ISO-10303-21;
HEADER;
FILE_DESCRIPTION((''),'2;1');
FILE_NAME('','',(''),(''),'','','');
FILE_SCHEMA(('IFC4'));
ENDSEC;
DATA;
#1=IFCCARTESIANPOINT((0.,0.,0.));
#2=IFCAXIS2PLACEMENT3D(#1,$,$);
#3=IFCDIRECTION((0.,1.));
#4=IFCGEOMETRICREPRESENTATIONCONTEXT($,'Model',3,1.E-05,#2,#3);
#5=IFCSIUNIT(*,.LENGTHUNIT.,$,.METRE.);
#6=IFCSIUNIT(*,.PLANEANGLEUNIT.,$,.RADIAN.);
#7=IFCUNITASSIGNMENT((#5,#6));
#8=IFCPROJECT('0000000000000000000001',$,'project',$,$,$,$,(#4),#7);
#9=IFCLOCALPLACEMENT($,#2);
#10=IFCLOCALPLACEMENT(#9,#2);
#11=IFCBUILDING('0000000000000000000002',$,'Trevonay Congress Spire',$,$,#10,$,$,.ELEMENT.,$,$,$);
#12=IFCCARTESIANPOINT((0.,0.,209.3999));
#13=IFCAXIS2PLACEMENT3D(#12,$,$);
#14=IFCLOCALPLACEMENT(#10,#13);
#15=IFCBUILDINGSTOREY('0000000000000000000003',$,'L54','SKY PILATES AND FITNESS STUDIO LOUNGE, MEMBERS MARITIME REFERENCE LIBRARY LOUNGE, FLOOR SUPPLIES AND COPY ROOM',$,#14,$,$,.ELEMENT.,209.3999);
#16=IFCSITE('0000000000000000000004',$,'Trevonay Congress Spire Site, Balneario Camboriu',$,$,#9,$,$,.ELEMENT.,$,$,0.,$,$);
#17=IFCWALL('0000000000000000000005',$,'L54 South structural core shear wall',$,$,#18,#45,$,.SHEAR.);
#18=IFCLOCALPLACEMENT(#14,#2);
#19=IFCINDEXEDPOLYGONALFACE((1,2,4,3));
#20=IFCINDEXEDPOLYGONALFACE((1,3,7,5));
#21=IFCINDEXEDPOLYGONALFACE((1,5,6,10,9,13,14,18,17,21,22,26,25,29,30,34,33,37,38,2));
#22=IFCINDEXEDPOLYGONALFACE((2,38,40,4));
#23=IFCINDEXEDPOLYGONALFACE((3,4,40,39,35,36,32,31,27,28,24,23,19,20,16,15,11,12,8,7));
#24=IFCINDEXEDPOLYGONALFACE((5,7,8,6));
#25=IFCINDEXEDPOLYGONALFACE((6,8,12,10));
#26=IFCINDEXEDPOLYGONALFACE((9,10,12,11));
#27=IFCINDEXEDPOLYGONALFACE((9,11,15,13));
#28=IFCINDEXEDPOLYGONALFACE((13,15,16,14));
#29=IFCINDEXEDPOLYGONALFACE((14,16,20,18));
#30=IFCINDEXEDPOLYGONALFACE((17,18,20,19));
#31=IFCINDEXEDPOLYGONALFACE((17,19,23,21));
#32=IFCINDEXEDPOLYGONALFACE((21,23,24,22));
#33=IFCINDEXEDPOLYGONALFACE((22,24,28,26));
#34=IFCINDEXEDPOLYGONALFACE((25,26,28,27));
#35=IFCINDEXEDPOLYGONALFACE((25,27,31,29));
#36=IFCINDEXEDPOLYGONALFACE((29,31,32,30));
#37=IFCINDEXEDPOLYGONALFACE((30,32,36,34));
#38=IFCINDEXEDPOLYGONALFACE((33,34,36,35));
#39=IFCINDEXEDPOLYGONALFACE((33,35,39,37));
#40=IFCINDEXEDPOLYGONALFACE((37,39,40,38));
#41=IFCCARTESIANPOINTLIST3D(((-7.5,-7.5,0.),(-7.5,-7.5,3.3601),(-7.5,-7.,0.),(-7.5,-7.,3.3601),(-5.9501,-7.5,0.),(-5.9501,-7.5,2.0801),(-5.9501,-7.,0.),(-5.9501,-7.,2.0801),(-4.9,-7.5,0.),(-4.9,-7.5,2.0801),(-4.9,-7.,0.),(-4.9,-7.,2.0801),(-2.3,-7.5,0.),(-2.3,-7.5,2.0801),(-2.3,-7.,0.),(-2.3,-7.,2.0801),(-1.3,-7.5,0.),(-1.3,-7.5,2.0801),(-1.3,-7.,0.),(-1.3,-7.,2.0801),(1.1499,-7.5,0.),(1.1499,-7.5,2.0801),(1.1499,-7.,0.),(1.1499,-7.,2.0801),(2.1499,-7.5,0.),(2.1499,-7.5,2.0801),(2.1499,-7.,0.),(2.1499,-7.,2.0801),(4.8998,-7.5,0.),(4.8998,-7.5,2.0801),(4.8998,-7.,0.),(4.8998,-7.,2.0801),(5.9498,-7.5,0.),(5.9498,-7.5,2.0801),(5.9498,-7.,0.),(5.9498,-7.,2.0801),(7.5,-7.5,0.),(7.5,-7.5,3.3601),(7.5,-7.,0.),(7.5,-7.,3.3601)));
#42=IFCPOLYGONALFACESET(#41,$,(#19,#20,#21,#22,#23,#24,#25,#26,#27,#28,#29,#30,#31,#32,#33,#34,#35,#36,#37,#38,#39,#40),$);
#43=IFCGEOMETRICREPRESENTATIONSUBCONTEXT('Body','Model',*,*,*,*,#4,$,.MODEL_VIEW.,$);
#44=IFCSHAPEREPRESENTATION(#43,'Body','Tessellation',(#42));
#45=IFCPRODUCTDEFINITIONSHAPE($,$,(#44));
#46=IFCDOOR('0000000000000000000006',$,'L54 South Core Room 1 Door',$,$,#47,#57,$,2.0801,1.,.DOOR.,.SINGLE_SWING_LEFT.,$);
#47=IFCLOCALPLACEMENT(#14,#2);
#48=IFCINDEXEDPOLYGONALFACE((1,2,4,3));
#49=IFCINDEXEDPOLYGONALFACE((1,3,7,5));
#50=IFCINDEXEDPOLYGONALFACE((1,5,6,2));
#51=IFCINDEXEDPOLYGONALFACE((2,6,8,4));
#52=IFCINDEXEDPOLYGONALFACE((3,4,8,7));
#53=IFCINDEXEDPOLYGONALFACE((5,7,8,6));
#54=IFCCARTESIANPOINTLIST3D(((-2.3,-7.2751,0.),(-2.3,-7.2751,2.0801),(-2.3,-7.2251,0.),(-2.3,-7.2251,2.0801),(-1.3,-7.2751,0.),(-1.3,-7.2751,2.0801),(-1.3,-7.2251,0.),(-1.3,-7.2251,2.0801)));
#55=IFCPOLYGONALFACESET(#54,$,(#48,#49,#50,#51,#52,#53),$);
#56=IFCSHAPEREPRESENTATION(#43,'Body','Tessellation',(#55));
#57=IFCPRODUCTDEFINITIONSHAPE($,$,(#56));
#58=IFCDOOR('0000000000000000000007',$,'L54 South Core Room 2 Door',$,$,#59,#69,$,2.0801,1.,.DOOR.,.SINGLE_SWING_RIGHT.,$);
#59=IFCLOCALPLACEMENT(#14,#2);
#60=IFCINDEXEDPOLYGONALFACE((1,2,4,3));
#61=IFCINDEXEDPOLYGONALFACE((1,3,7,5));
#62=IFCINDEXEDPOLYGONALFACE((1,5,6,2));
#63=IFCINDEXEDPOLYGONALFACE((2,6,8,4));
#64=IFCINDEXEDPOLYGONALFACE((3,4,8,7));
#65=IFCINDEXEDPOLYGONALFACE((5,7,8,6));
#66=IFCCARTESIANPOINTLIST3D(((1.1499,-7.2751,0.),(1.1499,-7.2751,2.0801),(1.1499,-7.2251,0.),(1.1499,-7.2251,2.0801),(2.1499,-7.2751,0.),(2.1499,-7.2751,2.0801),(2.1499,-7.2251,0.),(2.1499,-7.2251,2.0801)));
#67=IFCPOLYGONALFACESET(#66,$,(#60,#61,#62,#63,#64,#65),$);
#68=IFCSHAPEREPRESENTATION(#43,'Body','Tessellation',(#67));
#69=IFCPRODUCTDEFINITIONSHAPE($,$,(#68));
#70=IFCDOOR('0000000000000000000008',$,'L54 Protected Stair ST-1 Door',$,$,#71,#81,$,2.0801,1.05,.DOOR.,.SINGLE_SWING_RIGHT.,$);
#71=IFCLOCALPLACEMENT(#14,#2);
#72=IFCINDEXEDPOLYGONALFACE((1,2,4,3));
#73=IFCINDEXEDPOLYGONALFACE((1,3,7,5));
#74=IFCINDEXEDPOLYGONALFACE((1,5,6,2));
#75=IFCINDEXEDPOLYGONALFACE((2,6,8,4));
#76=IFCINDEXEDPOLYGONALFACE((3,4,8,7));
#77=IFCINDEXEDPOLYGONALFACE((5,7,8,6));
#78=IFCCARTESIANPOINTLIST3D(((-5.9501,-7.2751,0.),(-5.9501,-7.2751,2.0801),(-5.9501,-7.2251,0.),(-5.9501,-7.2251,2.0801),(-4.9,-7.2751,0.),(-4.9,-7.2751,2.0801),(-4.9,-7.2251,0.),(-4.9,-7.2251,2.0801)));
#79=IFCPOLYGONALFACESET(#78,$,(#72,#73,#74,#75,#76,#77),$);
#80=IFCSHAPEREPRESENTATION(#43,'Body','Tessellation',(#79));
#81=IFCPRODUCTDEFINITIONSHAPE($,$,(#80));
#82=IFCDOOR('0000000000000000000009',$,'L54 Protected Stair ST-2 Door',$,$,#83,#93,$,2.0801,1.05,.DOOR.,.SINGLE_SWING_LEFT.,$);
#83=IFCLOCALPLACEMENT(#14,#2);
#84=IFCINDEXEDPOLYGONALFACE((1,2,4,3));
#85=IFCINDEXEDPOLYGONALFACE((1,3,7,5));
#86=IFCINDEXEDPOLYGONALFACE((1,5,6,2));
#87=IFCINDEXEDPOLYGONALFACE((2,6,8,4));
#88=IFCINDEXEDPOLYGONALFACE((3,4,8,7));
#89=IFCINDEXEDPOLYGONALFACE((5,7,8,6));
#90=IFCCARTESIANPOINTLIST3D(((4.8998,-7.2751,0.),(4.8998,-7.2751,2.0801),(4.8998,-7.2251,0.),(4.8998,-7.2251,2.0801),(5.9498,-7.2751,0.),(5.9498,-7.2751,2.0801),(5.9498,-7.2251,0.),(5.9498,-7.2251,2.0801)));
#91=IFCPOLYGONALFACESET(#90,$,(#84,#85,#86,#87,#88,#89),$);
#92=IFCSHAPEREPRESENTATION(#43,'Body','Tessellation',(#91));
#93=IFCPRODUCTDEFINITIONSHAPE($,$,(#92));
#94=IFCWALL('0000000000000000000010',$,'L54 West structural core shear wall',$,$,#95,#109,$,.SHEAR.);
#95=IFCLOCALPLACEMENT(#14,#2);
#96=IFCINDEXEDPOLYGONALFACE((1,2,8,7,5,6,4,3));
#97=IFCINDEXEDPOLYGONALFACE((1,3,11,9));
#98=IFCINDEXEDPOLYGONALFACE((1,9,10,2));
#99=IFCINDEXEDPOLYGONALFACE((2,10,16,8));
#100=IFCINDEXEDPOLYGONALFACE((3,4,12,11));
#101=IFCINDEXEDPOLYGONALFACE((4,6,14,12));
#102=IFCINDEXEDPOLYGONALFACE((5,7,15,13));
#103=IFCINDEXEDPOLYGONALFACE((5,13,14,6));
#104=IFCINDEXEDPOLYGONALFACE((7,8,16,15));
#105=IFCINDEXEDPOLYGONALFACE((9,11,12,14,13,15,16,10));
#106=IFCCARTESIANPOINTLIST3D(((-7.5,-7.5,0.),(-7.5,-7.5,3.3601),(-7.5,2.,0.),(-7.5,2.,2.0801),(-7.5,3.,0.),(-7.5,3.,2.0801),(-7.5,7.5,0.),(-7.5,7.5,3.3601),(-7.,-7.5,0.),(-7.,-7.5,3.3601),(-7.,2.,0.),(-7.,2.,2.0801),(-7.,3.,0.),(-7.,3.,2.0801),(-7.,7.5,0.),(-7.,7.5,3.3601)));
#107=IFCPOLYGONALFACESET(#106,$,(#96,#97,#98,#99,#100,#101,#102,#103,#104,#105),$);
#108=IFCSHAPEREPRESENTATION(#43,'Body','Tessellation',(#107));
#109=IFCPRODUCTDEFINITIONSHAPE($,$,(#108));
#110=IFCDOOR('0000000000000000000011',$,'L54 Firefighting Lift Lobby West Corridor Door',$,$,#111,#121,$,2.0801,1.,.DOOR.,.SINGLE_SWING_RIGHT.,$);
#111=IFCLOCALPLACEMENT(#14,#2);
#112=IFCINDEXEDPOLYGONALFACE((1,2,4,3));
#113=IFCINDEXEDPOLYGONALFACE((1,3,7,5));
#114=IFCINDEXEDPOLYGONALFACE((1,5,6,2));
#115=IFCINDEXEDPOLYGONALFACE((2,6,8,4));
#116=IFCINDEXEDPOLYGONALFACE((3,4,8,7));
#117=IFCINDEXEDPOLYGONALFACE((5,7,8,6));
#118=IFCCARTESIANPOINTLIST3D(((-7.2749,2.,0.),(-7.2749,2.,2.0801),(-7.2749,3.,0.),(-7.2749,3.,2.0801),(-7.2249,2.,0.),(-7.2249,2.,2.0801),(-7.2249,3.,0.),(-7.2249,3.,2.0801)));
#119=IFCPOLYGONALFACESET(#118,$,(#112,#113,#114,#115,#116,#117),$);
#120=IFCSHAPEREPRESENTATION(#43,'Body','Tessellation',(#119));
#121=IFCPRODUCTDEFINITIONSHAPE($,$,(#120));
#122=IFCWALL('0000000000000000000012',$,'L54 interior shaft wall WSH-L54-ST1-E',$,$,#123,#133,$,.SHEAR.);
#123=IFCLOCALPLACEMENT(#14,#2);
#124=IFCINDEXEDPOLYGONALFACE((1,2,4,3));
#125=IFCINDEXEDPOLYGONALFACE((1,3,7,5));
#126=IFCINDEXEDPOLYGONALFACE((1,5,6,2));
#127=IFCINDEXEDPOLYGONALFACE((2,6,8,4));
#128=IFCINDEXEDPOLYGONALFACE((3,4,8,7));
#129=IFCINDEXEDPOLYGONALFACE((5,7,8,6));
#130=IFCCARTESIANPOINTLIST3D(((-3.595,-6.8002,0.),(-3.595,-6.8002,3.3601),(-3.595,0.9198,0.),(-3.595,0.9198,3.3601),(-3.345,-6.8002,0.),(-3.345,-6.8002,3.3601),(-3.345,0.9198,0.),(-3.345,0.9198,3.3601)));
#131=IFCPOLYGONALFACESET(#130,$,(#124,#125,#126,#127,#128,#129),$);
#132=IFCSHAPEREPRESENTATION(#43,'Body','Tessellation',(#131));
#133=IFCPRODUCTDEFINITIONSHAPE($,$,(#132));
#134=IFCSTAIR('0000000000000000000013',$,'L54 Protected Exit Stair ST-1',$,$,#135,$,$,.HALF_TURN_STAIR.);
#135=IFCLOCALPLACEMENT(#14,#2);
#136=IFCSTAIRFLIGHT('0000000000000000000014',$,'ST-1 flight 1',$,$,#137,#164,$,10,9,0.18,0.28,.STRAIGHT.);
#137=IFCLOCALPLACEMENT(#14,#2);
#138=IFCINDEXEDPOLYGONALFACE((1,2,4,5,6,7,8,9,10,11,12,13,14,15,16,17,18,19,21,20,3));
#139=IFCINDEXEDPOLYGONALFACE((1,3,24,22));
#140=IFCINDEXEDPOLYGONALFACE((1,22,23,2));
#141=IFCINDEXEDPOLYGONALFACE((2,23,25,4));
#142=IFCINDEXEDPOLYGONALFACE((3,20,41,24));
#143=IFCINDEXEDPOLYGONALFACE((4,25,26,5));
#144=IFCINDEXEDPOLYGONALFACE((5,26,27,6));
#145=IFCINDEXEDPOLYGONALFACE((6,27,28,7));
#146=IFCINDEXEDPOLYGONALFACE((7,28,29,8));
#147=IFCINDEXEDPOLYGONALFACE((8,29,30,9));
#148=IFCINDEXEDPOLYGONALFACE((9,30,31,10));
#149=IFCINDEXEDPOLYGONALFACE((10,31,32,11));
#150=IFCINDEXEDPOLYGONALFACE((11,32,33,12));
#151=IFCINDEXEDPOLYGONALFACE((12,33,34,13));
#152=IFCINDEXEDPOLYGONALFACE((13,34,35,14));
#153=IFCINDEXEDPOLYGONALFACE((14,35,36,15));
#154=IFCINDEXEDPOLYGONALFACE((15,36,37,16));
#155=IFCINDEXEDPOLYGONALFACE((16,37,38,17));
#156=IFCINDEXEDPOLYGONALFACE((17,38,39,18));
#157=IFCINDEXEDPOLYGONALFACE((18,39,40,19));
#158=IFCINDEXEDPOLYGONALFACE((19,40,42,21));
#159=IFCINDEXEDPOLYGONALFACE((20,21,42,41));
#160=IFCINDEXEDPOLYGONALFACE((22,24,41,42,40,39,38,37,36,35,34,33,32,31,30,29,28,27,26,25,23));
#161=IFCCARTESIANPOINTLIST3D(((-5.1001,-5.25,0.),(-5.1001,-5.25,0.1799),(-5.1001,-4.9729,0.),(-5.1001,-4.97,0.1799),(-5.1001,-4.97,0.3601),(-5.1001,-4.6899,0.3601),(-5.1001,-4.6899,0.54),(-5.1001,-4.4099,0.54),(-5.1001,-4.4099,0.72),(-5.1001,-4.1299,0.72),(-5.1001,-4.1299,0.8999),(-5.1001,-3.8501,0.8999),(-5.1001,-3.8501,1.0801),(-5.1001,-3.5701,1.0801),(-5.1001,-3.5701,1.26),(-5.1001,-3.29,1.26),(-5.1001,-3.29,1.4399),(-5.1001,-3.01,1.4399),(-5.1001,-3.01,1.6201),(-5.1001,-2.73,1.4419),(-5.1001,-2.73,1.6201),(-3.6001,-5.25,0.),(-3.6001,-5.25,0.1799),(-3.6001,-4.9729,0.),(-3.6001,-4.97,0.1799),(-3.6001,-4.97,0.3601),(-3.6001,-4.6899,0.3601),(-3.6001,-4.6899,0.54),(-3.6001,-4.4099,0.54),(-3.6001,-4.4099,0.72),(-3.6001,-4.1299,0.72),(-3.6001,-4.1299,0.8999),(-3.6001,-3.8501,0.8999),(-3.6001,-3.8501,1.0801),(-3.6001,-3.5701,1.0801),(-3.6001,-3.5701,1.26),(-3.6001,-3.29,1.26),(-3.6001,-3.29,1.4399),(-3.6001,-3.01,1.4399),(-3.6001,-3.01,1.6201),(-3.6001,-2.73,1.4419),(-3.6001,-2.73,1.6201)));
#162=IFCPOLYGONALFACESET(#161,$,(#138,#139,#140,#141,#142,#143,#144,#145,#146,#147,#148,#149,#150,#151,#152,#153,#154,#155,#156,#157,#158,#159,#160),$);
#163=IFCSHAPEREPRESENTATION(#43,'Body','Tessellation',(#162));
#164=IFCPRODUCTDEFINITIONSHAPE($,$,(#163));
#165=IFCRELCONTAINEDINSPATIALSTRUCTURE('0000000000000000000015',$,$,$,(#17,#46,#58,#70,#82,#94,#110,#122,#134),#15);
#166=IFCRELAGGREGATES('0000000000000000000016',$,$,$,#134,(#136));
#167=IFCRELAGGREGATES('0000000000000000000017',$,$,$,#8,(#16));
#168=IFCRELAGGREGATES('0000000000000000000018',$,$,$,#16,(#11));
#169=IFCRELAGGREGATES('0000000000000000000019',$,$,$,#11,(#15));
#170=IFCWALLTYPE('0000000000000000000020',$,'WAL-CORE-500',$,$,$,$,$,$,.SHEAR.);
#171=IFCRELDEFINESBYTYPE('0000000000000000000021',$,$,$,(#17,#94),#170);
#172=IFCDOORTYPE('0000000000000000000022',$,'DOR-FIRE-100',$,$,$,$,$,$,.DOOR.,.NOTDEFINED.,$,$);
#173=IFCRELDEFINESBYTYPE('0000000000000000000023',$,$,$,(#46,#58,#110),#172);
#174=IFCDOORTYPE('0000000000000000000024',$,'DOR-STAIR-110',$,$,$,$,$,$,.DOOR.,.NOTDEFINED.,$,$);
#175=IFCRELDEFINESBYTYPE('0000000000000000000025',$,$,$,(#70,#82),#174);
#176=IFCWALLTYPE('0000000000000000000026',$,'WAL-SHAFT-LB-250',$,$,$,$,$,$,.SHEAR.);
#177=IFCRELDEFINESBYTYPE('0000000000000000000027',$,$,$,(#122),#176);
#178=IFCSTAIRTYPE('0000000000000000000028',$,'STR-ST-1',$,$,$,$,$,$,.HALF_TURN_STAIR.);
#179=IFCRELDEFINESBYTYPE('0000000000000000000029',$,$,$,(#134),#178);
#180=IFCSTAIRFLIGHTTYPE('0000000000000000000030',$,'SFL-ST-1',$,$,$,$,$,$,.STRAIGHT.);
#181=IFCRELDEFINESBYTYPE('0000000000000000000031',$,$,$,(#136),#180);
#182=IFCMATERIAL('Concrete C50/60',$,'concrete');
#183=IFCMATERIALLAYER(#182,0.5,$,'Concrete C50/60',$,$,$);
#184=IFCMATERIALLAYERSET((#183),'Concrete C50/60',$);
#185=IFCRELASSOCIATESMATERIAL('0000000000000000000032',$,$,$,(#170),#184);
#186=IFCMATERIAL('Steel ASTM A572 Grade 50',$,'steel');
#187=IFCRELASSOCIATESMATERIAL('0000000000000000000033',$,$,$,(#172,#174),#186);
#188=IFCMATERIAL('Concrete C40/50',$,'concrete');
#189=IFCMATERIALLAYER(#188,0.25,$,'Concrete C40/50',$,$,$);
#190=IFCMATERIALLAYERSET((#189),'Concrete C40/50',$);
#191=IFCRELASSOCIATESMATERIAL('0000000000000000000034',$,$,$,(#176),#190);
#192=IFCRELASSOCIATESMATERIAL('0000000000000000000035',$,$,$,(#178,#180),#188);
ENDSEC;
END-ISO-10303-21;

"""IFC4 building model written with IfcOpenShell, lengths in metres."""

from ifc_helpers import new_model, si_unit, direction, frame, frame_2d, origin, place, context, subcontext, project, spatial, polyline, rectangle, outline, extrude, material, layer, layer_set, type_object, element, fill, aggregate, save


model = new_model("IFC4")

# Units and contexts
model_context = context("Model", 3, precision=1e-05, world=origin(), true_north=direction((0.0, 1.0)))
body_context = subcontext(model_context, "Body", "Model", "MODEL_VIEW")
ifc_project = project(units=[si_unit("LENGTHUNIT", "METRE"), si_unit("PLANEANGLEUNIT", "RADIAN")], contexts=[model_context])

# Site, building, storey
site_placement = place(None, origin())
site = spatial("IfcSite", under=ifc_project, at=site_placement, Name="Trevonay Congress Spire Site, Balneario Camboriu", CompositionType="ELEMENT", RefElevation=0.0)
building_placement = place(site_placement, origin())
building = spatial("IfcBuilding", under=site, at=building_placement, Name="Trevonay Congress Spire", CompositionType="ELEMENT")
storey_placement = place(building_placement, frame((0.0, 0.0, 209.3999)))
storey = spatial("IfcBuildingStorey", under=building, at=storey_placement, Name="L54", Description="SKY PILATES AND FITNESS STUDIO LOUNGE, MEMBERS MARITIME REFERENCE LIBRARY LOUNGE, FLOOR SUPPLIES AND COPY ROOM", CompositionType="ELEMENT", Elevation=209.3999)

# Shared definitions
ifc_material_1 = material(Name="Steel ASTM A572 Grade 50", Category="steel")

# Wall, openings, doors
ifc_material_2 = material(Name="Concrete C50/60", Category="concrete")
ifc_layer_1 = layer(ifc_material_2, 0.5, Name="Concrete C50/60")
ifc_layer_set_1 = layer_set([ifc_layer_1], Name="Concrete C50/60")
wall_type_1 = type_object("IfcWallType", Name="WAL-CORE-500", PredefinedType="SHEAR", material=ifc_layer_set_1)
wall_1_placement = place(storey_placement, frame((-7.5, -7.25, 0.0), z_axis=(0.0, 0.0, 1.0), x_axis=(1.0, 0.0, 0.0)))
wall_1 = element("IfcWall", 1, at=wall_1_placement, inside=storey, type_object=wall_type_1, Name="L54 South structural core shear wall", PredefinedType="SHEAR", context=body_context, shape_type="SweptSolid", body=[
    extrude(rectangle(XDim=15.0, YDim=0.5, at=frame_2d((7.5, 0.0))), origin(), (0.0, 0.0, 1.0), 3.3601),
])
opening_1_placement = place(wall_1_placement, frame((1.55, 0.0, 0.0)))
opening_1 = element("IfcOpeningElement", 2, at=opening_1_placement, cuts=wall_1, PredefinedType="OPENING", context=body_context, shape_type="SweptSolid", body=[
    extrude(rectangle(XDim=1.05, YDim=2.0801, at=frame_2d((0.5249, 1.04))), frame((0.0, 0.26, 0.0), z_axis=(0.0, -1.0, 0.0), x_axis=(1.0, 0.0, 0.0)), (0.0, 0.0, 1.0), 0.52),
])
opening_2_placement = place(wall_1_placement, frame((12.3999, 0.0, 0.0)))
opening_2 = element("IfcOpeningElement", 3, at=opening_2_placement, cuts=wall_1, PredefinedType="OPENING", context=body_context, shape_type="SweptSolid", body=[
    extrude(rectangle(XDim=1.05, YDim=2.0801, at=frame_2d((0.5249, 1.04))), frame((0.0, 0.26, 0.0), z_axis=(0.0, -1.0, 0.0), x_axis=(1.0, 0.0, 0.0)), (0.0, 0.0, 1.0), 0.52),
])
opening_3_placement = place(wall_1_placement, frame((5.2, 0.0, 0.0)))
opening_3 = element("IfcOpeningElement", 4, at=opening_3_placement, cuts=wall_1, PredefinedType="OPENING", context=body_context, shape_type="SweptSolid", body=[
    extrude(rectangle(XDim=1.0, YDim=2.0801, at=frame_2d((0.5, 1.04))), frame((0.0, 0.26, 0.0), z_axis=(0.0, -1.0, 0.0), x_axis=(1.0, 0.0, 0.0)), (0.0, 0.0, 1.0), 0.52),
])
opening_4_placement = place(wall_1_placement, frame((8.6499, 0.0, 0.0)))
opening_4 = element("IfcOpeningElement", 5, at=opening_4_placement, cuts=wall_1, PredefinedType="OPENING", context=body_context, shape_type="SweptSolid", body=[
    extrude(rectangle(XDim=1.0, YDim=2.0801, at=frame_2d((0.5, 1.04))), frame((0.0, 0.26, 0.0), z_axis=(0.0, -1.0, 0.0), x_axis=(1.0, 0.0, 0.0)), (0.0, 0.0, 1.0), 0.52),
])
door_type_1 = type_object("IfcDoorType", Name="DOR-FIRE-100", OperationType="NOTDEFINED", PredefinedType="DOOR", material=ifc_material_1)
door_1_placement = place(opening_3_placement, origin())
door_1 = element("IfcDoor", 6, at=door_1_placement, inside=storey, type_object=door_type_1, Name="L54 South Core Room 1 Door", OperationType="SINGLE_SWING_LEFT", OverallHeight=2.0801, OverallWidth=1.0, PredefinedType="DOOR", context=body_context, shape_type="SweptSolid", body=[
    extrude(rectangle(XDim=1.0, YDim=2.0801, at=frame_2d((0.5, 1.04))), frame((0.0, 0.0249, 0.0), z_axis=(0.0, -1.0, 0.0), x_axis=(1.0, 0.0, 0.0)), (0.0, 0.0, 1.0), 0.05),
])
fill(opening_3, door_1)
door_2_placement = place(opening_4_placement, origin())
door_2 = element("IfcDoor", 7, at=door_2_placement, inside=storey, type_object=door_type_1, Name="L54 South Core Room 2 Door", OperationType="SINGLE_SWING_RIGHT", OverallHeight=2.0801, OverallWidth=1.0, PredefinedType="DOOR", context=body_context, shape_type="SweptSolid", body=[
    extrude(rectangle(XDim=1.0, YDim=2.0801, at=frame_2d((0.5, 1.04))), frame((0.0, 0.0249, 0.0), z_axis=(0.0, -1.0, 0.0), x_axis=(1.0, 0.0, 0.0)), (0.0, 0.0, 1.0), 0.05),
])
fill(opening_4, door_2)
door_type_2 = type_object("IfcDoorType", Name="DOR-STAIR-110", OperationType="NOTDEFINED", PredefinedType="DOOR", material=ifc_material_1)
door_3_placement = place(opening_1_placement, origin())
door_3 = element("IfcDoor", 8, at=door_3_placement, inside=storey, type_object=door_type_2, Name="L54 Protected Stair ST-1 Door", OperationType="SINGLE_SWING_RIGHT", OverallHeight=2.0801, OverallWidth=1.05, PredefinedType="DOOR", context=body_context, shape_type="SweptSolid", body=[
    extrude(rectangle(XDim=1.05, YDim=2.0801, at=frame_2d((0.5249, 1.04))), frame((0.0, 0.0249, 0.0), z_axis=(0.0, -1.0, 0.0), x_axis=(1.0, 0.0, 0.0)), (0.0, 0.0, 1.0), 0.05),
])
fill(opening_1, door_3)
door_4_placement = place(opening_2_placement, origin())
door_4 = element("IfcDoor", 9, at=door_4_placement, inside=storey, type_object=door_type_2, Name="L54 Protected Stair ST-2 Door", OperationType="SINGLE_SWING_LEFT", OverallHeight=2.0801, OverallWidth=1.05, PredefinedType="DOOR", context=body_context, shape_type="SweptSolid", body=[
    extrude(rectangle(XDim=1.05, YDim=2.0801, at=frame_2d((0.5249, 1.04))), frame((0.0, 0.0249, 0.0), z_axis=(0.0, -1.0, 0.0), x_axis=(1.0, 0.0, 0.0)), (0.0, 0.0, 1.0), 0.05),
])
fill(opening_2, door_4)

# Wall, opening, door
wall_2_placement = place(storey_placement, frame((-7.25, -7.5, 0.0), z_axis=(0.0, 0.0, 1.0), x_axis=(0.0, 1.0, 0.0)))
wall_2 = element("IfcWall", 10, at=wall_2_placement, inside=storey, type_object=wall_type_1, Name="L54 West structural core shear wall", PredefinedType="SHEAR", context=body_context, shape_type="SweptSolid", body=[
    extrude(rectangle(XDim=15.0, YDim=0.5, at=frame_2d((7.5, 0.0))), origin(), (0.0, 0.0, 1.0), 3.3601),
])
opening_5_placement = place(wall_2_placement, frame((9.5, 0.0, 0.0)))
opening_5 = element("IfcOpeningElement", 11, at=opening_5_placement, cuts=wall_2, PredefinedType="OPENING", context=body_context, shape_type="SweptSolid", body=[
    extrude(rectangle(XDim=1.0, YDim=2.0801, at=frame_2d((0.5, 1.04))), frame((0.0, 0.26, 0.0), z_axis=(0.0, -1.0, 0.0), x_axis=(1.0, 0.0, 0.0)), (0.0, 0.0, 1.0), 0.52),
])
door_5_placement = place(opening_5_placement, origin())
door_5 = element("IfcDoor", 12, at=door_5_placement, inside=storey, type_object=door_type_1, Name="L54 Firefighting Lift Lobby West Corridor Door", OperationType="SINGLE_SWING_RIGHT", OverallHeight=2.0801, OverallWidth=1.0, PredefinedType="DOOR", context=body_context, shape_type="SweptSolid", body=[
    extrude(rectangle(XDim=1.0, YDim=2.0801, at=frame_2d((0.5, 1.04))), frame((0.0, 0.0249, 0.0), z_axis=(0.0, -1.0, 0.0), x_axis=(1.0, 0.0, 0.0)), (0.0, 0.0, 1.0), 0.05),
])
fill(opening_5, door_5)

# Wall
ifc_material_3 = material(Name="Concrete C40/50", Category="concrete")
ifc_layer_2 = layer(ifc_material_3, 0.25, Name="Concrete C40/50")
ifc_layer_set_2 = layer_set([ifc_layer_2], Name="Concrete C40/50")
wall_type_2 = type_object("IfcWallType", Name="WAL-SHAFT-LB-250", PredefinedType="SHEAR", material=ifc_layer_set_2)
wall_3_placement = place(storey_placement, frame((-3.47, -6.8, 0.0), z_axis=(0.0, 0.0, 1.0), x_axis=(0.0, 1.0, 0.0)))
element("IfcWall", 13, at=wall_3_placement, inside=storey, type_object=wall_type_2, Name="L54 interior shaft wall WSH-L54-ST1-E", PredefinedType="SHEAR", context=body_context, shape_type="SweptSolid", body=[
    extrude(rectangle(XDim=7.72, YDim=0.25, at=frame_2d((3.8599, 0.0))), origin(), (0.0, 0.0, 1.0), 3.3601),
])

# Stair, stair flight
stair_type = type_object("IfcStairType", Name="STR-ST-1", PredefinedType="HALF_TURN_STAIR", material=ifc_material_3)
stair_placement = place(storey_placement, origin())
stair = element("IfcStair", 14, at=stair_placement, inside=storey, type_object=stair_type, Name="L54 Protected Exit Stair ST-1", PredefinedType="HALF_TURN_STAIR")
stair_flight_type = type_object("IfcStairFlightType", Name="SFL-ST-1", PredefinedType="STRAIGHT", material=ifc_material_3)
stair_flight_1_placement = place(storey_placement, frame((-4.3501, -5.25, 0.0), z_axis=(0.0, 0.0, 1.0), x_axis=(0.0, 1.0, 0.0)))
stair_flight_1 = element("IfcStairFlight", 15, at=stair_flight_1_placement, type_object=stair_flight_type, Name="ST-1 flight 1", NumberOfRisers=10, NumberOfTreads=9, PredefinedType="STRAIGHT", RiserHeight=0.18, TreadLength=0.28, context=body_context, shape_type="SweptSolid", body=[
    extrude(outline(polyline([(0.0, 0.0), (0.0, 0.1799), (0.28, 0.1799), (0.28, 0.3601), (0.5601, 0.3601), (0.5601, 0.54), (0.8401, 0.54), (0.8401, 0.72), (1.1201, 0.72), (1.1201, 0.8999), (1.3999, 0.8999), (1.3999, 1.0801), (1.6799, 1.0801), (1.6799, 1.26), (1.96, 1.26), (1.96, 1.4399), (2.24, 1.4399), (2.24, 1.6201), (2.52, 1.6201), (2.52, 1.8), (2.52, 1.4419), (0.2771, 0.0), (0.0, 0.0)])), frame((0.0, 0.75, 0.0), z_axis=(0.0, -1.0, 0.0), x_axis=(1.0, 0.0, 0.0)), (0.0, 0.0, 1.0), 1.5),
])
aggregate(stair, [stair_flight_1])

save(model, "model.ifc")
